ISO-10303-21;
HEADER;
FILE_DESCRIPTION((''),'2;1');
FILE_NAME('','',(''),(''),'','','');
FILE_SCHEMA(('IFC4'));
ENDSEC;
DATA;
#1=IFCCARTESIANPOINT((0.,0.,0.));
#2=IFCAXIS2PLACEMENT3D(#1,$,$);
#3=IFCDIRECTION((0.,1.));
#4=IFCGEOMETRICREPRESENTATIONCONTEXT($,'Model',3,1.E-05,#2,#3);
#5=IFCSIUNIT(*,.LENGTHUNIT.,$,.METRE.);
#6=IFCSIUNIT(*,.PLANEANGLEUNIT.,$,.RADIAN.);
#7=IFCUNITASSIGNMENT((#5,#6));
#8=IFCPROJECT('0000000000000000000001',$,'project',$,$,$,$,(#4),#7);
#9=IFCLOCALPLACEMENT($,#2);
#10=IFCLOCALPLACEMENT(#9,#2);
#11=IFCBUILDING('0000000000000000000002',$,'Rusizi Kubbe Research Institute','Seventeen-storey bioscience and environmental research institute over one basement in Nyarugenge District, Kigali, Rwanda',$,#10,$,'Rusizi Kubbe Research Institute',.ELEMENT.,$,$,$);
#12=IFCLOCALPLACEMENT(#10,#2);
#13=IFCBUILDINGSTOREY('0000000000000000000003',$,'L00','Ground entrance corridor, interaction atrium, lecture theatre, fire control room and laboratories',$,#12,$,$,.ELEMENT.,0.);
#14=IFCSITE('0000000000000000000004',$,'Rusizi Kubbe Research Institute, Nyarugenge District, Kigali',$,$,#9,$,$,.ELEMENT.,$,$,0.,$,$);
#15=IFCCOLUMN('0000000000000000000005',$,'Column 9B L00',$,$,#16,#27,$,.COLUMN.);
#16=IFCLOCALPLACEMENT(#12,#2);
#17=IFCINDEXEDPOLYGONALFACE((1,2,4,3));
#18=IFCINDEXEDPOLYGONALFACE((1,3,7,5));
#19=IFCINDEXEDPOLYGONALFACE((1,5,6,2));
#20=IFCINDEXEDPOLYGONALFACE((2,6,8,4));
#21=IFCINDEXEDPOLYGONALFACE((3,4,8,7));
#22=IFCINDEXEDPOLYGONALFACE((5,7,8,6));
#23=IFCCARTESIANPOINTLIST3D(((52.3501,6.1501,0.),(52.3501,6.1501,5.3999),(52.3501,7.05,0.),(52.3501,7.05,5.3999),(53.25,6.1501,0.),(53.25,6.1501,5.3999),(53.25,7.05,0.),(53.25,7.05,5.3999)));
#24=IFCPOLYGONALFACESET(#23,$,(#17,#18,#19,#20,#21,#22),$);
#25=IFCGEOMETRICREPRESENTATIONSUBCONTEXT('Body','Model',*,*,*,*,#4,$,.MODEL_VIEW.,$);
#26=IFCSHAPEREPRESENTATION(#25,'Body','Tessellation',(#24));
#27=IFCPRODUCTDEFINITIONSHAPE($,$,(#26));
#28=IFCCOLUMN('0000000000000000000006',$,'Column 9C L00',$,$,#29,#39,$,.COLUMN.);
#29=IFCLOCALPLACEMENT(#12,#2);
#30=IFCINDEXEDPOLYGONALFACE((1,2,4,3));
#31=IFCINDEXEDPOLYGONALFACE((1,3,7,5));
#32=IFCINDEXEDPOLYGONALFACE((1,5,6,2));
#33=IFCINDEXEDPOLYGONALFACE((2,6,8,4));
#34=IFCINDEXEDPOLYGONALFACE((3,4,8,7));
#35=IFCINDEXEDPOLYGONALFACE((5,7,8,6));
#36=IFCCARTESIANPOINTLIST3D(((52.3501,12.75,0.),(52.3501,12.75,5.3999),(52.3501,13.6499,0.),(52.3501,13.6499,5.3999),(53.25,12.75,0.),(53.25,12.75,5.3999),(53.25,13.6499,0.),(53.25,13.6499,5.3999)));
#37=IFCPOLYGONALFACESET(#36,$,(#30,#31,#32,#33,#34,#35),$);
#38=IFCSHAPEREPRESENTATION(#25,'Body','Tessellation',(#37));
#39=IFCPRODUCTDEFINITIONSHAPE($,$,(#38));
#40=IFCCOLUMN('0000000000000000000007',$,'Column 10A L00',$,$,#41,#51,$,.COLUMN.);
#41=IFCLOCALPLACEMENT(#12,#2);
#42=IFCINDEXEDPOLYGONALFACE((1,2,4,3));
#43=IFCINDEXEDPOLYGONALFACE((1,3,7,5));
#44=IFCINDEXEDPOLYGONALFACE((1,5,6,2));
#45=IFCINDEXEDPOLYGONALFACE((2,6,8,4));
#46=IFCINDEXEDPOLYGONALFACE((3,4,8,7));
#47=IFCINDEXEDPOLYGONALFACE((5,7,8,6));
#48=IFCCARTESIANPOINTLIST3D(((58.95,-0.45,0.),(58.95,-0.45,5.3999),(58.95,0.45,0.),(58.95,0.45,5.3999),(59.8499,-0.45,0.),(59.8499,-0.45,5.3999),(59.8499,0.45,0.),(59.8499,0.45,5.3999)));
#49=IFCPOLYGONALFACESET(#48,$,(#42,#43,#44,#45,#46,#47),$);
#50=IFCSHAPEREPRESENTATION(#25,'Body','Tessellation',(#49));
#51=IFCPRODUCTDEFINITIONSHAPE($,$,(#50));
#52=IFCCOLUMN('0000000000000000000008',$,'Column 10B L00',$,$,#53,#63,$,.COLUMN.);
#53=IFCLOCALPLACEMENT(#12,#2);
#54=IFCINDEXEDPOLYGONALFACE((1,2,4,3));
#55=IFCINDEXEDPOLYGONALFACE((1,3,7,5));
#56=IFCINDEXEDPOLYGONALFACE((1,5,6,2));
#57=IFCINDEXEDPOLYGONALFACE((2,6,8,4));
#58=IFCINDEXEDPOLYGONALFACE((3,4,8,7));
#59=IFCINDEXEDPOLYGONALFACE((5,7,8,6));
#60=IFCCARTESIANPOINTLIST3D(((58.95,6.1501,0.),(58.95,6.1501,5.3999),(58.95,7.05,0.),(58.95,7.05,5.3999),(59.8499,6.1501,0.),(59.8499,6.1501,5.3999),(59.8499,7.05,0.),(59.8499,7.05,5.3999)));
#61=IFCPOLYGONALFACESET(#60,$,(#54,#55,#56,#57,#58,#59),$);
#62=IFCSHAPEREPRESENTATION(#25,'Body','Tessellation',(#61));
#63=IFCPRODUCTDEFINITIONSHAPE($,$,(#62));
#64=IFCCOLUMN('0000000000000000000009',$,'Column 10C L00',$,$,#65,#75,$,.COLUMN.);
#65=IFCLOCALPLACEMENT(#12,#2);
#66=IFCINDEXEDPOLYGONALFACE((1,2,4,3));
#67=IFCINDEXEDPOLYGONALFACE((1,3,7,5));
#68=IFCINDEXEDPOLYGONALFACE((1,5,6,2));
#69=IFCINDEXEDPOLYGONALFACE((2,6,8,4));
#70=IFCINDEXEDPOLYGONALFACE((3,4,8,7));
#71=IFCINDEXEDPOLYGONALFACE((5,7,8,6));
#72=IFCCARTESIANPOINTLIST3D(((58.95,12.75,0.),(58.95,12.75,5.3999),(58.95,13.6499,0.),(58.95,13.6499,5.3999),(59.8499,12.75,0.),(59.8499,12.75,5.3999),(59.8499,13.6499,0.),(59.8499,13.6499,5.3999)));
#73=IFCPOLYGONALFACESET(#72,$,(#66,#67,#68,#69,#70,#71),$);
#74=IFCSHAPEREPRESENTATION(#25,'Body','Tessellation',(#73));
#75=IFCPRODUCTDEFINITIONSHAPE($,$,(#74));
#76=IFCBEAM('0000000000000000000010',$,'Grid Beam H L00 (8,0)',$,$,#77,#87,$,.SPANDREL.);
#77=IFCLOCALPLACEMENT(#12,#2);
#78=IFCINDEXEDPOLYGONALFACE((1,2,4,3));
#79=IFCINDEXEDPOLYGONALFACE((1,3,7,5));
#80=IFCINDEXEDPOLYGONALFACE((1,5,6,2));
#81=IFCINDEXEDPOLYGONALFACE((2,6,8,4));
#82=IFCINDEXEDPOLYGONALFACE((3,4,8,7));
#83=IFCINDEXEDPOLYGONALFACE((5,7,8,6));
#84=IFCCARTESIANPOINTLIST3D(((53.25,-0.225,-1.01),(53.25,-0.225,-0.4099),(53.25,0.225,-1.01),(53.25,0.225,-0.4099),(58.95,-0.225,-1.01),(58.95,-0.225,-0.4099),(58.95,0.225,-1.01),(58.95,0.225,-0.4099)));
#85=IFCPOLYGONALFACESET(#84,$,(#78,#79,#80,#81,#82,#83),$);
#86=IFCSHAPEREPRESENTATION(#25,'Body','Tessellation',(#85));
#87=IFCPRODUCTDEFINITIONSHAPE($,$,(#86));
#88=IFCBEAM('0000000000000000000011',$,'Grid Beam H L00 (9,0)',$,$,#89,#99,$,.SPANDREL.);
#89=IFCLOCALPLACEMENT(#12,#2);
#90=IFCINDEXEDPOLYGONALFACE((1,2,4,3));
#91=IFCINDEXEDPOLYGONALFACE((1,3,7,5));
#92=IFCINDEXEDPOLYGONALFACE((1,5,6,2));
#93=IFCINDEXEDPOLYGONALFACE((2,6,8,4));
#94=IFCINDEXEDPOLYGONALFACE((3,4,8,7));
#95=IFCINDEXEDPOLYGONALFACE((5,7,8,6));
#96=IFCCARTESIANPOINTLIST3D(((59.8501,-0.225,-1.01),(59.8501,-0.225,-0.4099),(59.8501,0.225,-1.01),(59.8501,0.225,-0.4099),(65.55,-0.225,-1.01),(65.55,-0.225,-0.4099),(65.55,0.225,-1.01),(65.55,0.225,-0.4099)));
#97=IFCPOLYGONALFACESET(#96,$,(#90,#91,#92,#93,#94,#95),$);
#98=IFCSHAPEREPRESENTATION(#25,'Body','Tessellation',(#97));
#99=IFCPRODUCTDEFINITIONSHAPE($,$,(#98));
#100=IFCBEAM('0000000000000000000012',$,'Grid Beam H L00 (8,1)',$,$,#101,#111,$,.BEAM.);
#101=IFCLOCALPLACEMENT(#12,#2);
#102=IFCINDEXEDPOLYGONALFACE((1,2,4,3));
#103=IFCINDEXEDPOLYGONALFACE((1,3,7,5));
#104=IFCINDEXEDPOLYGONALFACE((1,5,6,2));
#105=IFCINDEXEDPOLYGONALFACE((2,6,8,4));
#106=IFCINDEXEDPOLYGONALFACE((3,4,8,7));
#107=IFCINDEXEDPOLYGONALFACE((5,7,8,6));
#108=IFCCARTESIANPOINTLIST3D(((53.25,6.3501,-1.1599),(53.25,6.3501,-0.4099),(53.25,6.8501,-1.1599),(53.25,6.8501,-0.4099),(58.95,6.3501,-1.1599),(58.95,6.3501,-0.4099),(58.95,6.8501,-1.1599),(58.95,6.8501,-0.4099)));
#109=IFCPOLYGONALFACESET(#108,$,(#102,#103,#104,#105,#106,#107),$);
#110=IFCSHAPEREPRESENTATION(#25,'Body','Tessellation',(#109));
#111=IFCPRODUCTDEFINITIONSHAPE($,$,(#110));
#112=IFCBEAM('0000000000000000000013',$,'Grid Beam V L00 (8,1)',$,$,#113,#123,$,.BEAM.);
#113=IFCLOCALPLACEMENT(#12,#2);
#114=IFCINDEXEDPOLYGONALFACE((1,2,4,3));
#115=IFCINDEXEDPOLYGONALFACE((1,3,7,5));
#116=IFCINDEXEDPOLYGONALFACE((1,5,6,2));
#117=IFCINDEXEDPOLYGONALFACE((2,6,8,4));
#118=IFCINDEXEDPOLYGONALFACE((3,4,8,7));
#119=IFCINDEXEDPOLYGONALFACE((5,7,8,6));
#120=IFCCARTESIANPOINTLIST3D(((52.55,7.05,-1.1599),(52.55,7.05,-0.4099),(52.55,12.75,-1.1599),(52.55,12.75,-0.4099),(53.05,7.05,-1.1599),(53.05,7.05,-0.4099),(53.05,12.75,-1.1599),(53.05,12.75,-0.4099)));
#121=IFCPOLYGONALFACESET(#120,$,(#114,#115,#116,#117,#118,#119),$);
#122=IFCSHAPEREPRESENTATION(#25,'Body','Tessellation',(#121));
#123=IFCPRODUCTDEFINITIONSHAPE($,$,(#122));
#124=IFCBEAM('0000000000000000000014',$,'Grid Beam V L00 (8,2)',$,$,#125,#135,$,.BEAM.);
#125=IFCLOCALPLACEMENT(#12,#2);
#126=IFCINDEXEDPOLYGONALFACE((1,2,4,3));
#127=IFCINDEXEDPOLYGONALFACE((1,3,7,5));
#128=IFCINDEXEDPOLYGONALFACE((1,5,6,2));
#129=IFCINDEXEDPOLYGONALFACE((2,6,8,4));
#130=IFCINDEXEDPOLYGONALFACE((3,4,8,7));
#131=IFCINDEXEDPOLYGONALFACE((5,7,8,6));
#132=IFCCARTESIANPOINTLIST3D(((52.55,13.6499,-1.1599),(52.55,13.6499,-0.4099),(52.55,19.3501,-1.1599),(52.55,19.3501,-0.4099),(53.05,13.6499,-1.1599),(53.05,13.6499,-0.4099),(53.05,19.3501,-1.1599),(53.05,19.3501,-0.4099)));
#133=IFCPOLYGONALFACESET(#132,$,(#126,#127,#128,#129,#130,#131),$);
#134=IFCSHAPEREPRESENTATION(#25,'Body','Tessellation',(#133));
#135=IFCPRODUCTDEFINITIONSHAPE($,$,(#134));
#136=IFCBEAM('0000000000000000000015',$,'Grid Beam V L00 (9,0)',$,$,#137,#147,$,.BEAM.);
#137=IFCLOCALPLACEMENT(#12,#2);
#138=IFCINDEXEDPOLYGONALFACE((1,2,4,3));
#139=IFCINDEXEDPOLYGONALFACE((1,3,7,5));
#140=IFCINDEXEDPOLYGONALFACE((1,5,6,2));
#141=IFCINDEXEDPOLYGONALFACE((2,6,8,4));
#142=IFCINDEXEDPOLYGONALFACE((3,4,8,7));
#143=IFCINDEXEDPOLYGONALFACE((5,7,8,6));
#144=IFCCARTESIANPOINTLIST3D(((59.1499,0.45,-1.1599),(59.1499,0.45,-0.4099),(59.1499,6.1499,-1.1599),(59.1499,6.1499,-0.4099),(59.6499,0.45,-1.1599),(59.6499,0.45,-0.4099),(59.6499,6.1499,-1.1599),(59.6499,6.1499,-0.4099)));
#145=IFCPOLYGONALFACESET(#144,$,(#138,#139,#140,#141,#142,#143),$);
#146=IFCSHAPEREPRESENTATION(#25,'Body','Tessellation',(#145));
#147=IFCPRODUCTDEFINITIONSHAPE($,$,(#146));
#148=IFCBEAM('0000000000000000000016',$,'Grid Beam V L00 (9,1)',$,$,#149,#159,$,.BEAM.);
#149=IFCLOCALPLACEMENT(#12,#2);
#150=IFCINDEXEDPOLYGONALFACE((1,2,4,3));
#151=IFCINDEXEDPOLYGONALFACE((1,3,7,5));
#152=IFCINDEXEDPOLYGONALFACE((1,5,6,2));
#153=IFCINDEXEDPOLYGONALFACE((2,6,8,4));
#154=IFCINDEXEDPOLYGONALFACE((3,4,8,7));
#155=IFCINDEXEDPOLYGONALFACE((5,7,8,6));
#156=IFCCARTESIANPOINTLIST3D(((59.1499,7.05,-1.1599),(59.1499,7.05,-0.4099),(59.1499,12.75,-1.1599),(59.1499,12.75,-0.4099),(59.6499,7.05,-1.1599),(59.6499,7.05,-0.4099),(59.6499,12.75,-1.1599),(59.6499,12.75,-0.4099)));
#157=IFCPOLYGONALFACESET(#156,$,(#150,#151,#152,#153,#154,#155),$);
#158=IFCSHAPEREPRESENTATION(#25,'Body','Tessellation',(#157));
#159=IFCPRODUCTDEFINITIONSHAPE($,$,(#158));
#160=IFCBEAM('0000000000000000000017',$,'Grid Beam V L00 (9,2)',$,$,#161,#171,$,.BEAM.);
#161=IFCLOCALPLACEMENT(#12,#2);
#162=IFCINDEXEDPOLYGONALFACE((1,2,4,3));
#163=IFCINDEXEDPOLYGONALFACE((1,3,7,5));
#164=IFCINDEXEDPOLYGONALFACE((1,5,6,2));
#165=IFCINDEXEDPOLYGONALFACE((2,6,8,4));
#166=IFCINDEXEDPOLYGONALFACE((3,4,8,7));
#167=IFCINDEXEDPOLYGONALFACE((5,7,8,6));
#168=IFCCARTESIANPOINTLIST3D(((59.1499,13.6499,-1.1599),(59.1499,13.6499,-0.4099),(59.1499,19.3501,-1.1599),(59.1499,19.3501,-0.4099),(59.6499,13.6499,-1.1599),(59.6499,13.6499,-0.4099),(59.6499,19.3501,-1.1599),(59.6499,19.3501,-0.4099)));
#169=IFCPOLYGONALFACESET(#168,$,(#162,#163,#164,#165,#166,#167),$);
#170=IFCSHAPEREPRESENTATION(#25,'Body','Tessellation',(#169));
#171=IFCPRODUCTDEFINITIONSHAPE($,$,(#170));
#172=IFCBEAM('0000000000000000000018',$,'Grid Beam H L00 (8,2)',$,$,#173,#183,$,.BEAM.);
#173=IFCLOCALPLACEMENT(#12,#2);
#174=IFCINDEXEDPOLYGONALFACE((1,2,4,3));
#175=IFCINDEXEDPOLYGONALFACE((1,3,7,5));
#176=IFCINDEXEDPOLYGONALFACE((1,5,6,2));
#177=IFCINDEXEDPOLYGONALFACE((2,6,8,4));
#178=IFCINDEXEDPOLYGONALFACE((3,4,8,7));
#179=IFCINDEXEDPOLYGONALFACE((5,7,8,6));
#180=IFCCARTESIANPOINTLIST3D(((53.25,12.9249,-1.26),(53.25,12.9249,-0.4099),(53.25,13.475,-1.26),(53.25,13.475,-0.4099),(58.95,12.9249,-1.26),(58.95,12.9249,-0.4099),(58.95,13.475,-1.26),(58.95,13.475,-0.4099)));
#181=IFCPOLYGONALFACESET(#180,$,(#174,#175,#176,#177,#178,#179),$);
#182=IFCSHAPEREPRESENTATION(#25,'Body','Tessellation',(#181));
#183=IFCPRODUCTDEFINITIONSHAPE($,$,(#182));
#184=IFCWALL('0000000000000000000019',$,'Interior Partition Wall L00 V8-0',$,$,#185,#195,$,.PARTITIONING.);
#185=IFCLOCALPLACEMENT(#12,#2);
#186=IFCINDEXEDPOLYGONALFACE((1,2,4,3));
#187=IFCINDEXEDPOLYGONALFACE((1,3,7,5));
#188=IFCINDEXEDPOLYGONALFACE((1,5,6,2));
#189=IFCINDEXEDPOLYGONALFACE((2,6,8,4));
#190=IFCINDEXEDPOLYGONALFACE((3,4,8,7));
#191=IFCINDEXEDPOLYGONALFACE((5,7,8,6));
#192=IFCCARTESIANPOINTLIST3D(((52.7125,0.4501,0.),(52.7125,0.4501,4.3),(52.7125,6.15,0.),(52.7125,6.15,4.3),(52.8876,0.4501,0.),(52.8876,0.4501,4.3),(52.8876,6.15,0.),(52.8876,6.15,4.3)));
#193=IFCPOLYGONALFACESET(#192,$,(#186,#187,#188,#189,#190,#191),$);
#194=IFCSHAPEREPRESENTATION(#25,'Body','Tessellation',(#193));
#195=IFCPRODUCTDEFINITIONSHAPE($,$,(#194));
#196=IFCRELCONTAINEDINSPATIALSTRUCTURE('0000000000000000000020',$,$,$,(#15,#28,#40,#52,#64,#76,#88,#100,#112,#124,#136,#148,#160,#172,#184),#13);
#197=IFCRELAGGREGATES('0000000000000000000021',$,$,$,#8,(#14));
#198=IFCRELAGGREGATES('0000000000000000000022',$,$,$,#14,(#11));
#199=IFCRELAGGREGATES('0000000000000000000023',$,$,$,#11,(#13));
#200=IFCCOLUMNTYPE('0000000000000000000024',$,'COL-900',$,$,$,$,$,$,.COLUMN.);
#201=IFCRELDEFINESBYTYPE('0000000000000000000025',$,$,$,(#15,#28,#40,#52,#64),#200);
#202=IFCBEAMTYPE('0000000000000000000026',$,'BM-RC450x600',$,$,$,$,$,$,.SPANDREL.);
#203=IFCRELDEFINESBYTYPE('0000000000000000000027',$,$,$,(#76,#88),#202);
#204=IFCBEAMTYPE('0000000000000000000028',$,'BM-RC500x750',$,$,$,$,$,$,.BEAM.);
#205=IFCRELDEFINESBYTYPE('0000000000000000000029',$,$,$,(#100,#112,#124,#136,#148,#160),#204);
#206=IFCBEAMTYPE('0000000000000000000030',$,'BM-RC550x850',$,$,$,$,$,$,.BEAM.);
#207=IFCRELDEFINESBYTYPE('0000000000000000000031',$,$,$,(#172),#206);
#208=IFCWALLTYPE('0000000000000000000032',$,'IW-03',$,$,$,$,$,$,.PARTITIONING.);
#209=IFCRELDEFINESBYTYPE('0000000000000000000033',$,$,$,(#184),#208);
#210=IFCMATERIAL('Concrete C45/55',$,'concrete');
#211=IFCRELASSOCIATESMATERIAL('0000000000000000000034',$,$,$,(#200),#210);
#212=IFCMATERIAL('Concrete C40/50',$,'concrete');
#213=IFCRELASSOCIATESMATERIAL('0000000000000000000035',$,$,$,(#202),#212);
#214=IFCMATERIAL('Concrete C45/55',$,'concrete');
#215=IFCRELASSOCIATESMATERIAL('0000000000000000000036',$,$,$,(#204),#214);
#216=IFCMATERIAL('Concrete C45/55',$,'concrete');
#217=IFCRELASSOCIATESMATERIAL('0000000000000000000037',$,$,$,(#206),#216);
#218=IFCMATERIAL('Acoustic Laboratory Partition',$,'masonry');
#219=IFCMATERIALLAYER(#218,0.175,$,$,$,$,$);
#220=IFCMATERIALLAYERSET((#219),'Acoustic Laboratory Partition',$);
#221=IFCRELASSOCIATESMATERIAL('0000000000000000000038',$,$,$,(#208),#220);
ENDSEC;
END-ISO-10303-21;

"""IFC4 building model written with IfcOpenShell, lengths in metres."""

from ifc_helpers import new_model, si_unit, direction, frame, frame_2d, origin, origin_2d, place, context, subcontext, project, spatial, rectangle, extrude, material, layer, layer_set, material_profile, profile_set, type_object, element, save


model = new_model("IFC4")

# Units and contexts
model_context = context("Model", 3, precision=1e-05, world=origin(), true_north=direction((0.0, 1.0)))
body_context = subcontext(model_context, "Body", "Model", "MODEL_VIEW")
ifc_project = project(units=[si_unit("LENGTHUNIT", "METRE"), si_unit("PLANEANGLEUNIT", "RADIAN")], contexts=[model_context])

# Site, building, storey
site_placement = place(None, origin())
site = spatial("IfcSite", under=ifc_project, at=site_placement, Name="Rusizi Kubbe Research Institute, Nyarugenge District, Kigali", CompositionType="ELEMENT", RefElevation=0.0)
building_placement = place(site_placement, origin())
building = spatial("IfcBuilding", under=site, at=building_placement, Name="Rusizi Kubbe Research Institute", Description="Seventeen-storey bioscience and environmental research institute over one basement in Nyarugenge District, Kigali, Rwanda", LongName="Rusizi Kubbe Research Institute", CompositionType="ELEMENT")
storey_placement = place(building_placement, origin())
storey = spatial("IfcBuildingStorey", under=building, at=storey_placement, Name="L00", Description="Ground entrance corridor, interaction atrium, lecture theatre, fire control room and laboratories", CompositionType="ELEMENT", Elevation=0.0)

# Columns
ifc_material_1 = material(Name="Concrete C45/55", Category="concrete")
ifc_material_profile_1 = material_profile(ifc_material_1, rectangle(XDim=0.8999, YDim=0.8999, at=origin_2d()), Name="RC900x900")
ifc_profile_set_1 = profile_set([ifc_material_profile_1], Name="Concrete C45/55")
column_type = type_object("IfcColumnType", Name="COL-900", PredefinedType="COLUMN", material=ifc_profile_set_1)
for number, where, z_axis, x_axis, name in (
    (1, (52.8, 6.6001, 0.0), (0.0, 0.0, 1.0), (1.0, 0.0, 0.0), "Column 9B L00"),
    (2, (52.8, 13.2, 0.0), (0.0, 0.0, 1.0), (1.0, 0.0, 0.0), "Column 9C L00"),
    (3, (59.3999, 0.0, 0.0), (0.0, 0.0, 1.0), (1.0, 0.0, 0.0), "Column 10A L00"),
    (4, (59.3999, 6.6001, 0.0), (0.0, 0.0, 1.0), (1.0, 0.0, 0.0), "Column 10B L00"),
    (5, (59.3999, 13.2, 0.0), (0.0, 0.0, 1.0), (1.0, 0.0, 0.0), "Column 10C L00"),
):
    element("IfcColumn", number, at=place(storey_placement, frame(where, z_axis=z_axis, x_axis=x_axis)), inside=storey, type_object=column_type, Name=name, PredefinedType="COLUMN", context=body_context, shape_type="SweptSolid", body=[
        extrude(rectangle(XDim=0.8999, YDim=0.8999, at=origin_2d()), origin(), (0.0, 0.0, 1.0), 5.3999),
    ])

# Beams
ifc_material_2 = material(Name="Concrete C40/50", Category="concrete")
ifc_material_profile_2 = material_profile(ifc_material_2, rectangle(XDim=0.45, YDim=0.6001, at=origin_2d()), Name="RC450x600")
ifc_profile_set_2 = profile_set([ifc_material_profile_2], Name="Concrete C40/50")
beam_type_1 = type_object("IfcBeamType", Name="BM-RC450x600", PredefinedType="SPANDREL", material=ifc_profile_set_2)
for number, where, z_axis, x_axis, name in (
    (6, (53.25, 0.0, -0.71), (1.0, 0.0, 0.0), (0.0, 1.0, 0.0), "Grid Beam H L00 (8,0)"),
    (7, (59.8501, 0.0, -0.71), (1.0, 0.0, 0.0), (0.0, 1.0, 0.0), "Grid Beam H L00 (9,0)"),
):
    element("IfcBeam", number, at=place(storey_placement, frame(where, z_axis=z_axis, x_axis=x_axis)), inside=storey, type_object=beam_type_1, Name=name, PredefinedType="SPANDREL", context=body_context, shape_type="SweptSolid", body=[
        extrude(rectangle(XDim=0.45, YDim=0.6001, at=origin_2d()), origin(), (0.0, 0.0, 1.0), 5.7),
    ])
ifc_material_3 = material(Name="Concrete C45/55", Category="concrete")
ifc_material_profile_3 = material_profile(ifc_material_3, rectangle(XDim=0.5, YDim=0.75, at=origin_2d()), Name="RC500x750B")
ifc_profile_set_3 = profile_set([ifc_material_profile_3], Name="Concrete C45/55")
beam_type_2 = type_object("IfcBeamType", Name="BM-RC500x750", PredefinedType="BEAM", material=ifc_profile_set_3)
for number, where, z_axis, x_axis, name in (
    (8, (53.25, 6.6001, -0.7849), (1.0, 0.0, 0.0), (0.0, 1.0, 0.0), "Grid Beam H L00 (8,1)"),
    (9, (52.8, 7.05, -0.7849), (0.0, 1.0, 0.0), (-1.0, 0.0, 0.0), "Grid Beam V L00 (8,1)"),
):
    element("IfcBeam", number, at=place(storey_placement, frame(where, z_axis=z_axis, x_axis=x_axis)), inside=storey, type_object=beam_type_2, Name=name, PredefinedType="BEAM", context=body_context, shape_type="SweptSolid", body=[
        extrude(rectangle(XDim=0.5, YDim=0.75, at=origin_2d()), origin(), (0.0, 0.0, 1.0), 5.7),
    ])
beam_1_placement = place(storey_placement, frame((52.8, 13.6499, -0.7849), z_axis=(0.0, 1.0, 0.0), x_axis=(-1.0, 0.0, 0.0)))
element("IfcBeam", 10, at=beam_1_placement, inside=storey, type_object=beam_type_2, Name="Grid Beam V L00 (8,2)", PredefinedType="BEAM", context=body_context, shape_type="SweptSolid", body=[
    extrude(rectangle(XDim=0.5, YDim=0.75, at=origin_2d()), origin(), (0.0, 0.0, 1.0), 5.7002),
])
for number, where, z_axis, x_axis, name in (
    (11, (59.3999, 0.45, -0.7849), (0.0, 1.0, 0.0), (-1.0, 0.0, 0.0), "Grid Beam V L00 (9,0)"),
    (12, (59.3999, 7.05, -0.7849), (0.0, 1.0, 0.0), (-1.0, 0.0, 0.0), "Grid Beam V L00 (9,1)"),
):
    element("IfcBeam", number, at=place(storey_placement, frame(where, z_axis=z_axis, x_axis=x_axis)), inside=storey, type_object=beam_type_2, Name=name, PredefinedType="BEAM", context=body_context, shape_type="SweptSolid", body=[
        extrude(rectangle(XDim=0.5, YDim=0.75, at=origin_2d()), origin(), (0.0, 0.0, 1.0), 5.7),
    ])
beam_2_placement = place(storey_placement, frame((59.3999, 13.6499, -0.7849), z_axis=(0.0, 1.0, 0.0), x_axis=(-1.0, 0.0, 0.0)))
element("IfcBeam", 13, at=beam_2_placement, inside=storey, type_object=beam_type_2, Name="Grid Beam V L00 (9,2)", PredefinedType="BEAM", context=body_context, shape_type="SweptSolid", body=[
    extrude(rectangle(XDim=0.5, YDim=0.75, at=origin_2d()), origin(), (0.0, 0.0, 1.0), 5.7002),
])
ifc_material_4 = material(Name="Concrete C45/55", Category="concrete")
ifc_material_profile_4 = material_profile(ifc_material_4, rectangle(XDim=0.55, YDim=0.8501, at=origin_2d()), Name="RC550x850")
ifc_profile_set_4 = profile_set([ifc_material_profile_4], Name="Concrete C45/55")
beam_type_3 = type_object("IfcBeamType", Name="BM-RC550x850", PredefinedType="BEAM", material=ifc_profile_set_4)
beam_3_placement = place(storey_placement, frame((53.25, 13.2, -0.835), z_axis=(1.0, 0.0, 0.0), x_axis=(0.0, 1.0, 0.0)))
element("IfcBeam", 14, at=beam_3_placement, inside=storey, type_object=beam_type_3, Name="Grid Beam H L00 (8,2)", PredefinedType="BEAM", context=body_context, shape_type="SweptSolid", body=[
    extrude(rectangle(XDim=0.55, YDim=0.8501, at=origin_2d()), origin(), (0.0, 0.0, 1.0), 5.7),
])

# Wall
ifc_material_5 = material(Name="Acoustic Laboratory Partition", Category="masonry")
ifc_layer_1 = layer(ifc_material_5, 0.175)
ifc_layer_set_1 = layer_set([ifc_layer_1], Name="Acoustic Laboratory Partition")
wall_type_1 = type_object("IfcWallType", Name="IW-03", PredefinedType="PARTITIONING", material=ifc_layer_set_1)
wall_1_placement = place(storey_placement, frame((52.8, 0.45, 0.0), z_axis=(0.0, 0.0, 1.0), x_axis=(0.0, 1.0, 0.0)))
element("IfcWall", 15, at=wall_1_placement, inside=storey, type_object=wall_type_1, Name="Interior Partition Wall L00 V8-0", PredefinedType="PARTITIONING", context=body_context, shape_type="SweptSolid", body=[
    extrude(rectangle(XDim=5.7, YDim=0.175, at=frame_2d((2.8501, 0.0))), origin(), (0.0, 0.0, 1.0), 4.3),
])

save(model, "model.ifc")
